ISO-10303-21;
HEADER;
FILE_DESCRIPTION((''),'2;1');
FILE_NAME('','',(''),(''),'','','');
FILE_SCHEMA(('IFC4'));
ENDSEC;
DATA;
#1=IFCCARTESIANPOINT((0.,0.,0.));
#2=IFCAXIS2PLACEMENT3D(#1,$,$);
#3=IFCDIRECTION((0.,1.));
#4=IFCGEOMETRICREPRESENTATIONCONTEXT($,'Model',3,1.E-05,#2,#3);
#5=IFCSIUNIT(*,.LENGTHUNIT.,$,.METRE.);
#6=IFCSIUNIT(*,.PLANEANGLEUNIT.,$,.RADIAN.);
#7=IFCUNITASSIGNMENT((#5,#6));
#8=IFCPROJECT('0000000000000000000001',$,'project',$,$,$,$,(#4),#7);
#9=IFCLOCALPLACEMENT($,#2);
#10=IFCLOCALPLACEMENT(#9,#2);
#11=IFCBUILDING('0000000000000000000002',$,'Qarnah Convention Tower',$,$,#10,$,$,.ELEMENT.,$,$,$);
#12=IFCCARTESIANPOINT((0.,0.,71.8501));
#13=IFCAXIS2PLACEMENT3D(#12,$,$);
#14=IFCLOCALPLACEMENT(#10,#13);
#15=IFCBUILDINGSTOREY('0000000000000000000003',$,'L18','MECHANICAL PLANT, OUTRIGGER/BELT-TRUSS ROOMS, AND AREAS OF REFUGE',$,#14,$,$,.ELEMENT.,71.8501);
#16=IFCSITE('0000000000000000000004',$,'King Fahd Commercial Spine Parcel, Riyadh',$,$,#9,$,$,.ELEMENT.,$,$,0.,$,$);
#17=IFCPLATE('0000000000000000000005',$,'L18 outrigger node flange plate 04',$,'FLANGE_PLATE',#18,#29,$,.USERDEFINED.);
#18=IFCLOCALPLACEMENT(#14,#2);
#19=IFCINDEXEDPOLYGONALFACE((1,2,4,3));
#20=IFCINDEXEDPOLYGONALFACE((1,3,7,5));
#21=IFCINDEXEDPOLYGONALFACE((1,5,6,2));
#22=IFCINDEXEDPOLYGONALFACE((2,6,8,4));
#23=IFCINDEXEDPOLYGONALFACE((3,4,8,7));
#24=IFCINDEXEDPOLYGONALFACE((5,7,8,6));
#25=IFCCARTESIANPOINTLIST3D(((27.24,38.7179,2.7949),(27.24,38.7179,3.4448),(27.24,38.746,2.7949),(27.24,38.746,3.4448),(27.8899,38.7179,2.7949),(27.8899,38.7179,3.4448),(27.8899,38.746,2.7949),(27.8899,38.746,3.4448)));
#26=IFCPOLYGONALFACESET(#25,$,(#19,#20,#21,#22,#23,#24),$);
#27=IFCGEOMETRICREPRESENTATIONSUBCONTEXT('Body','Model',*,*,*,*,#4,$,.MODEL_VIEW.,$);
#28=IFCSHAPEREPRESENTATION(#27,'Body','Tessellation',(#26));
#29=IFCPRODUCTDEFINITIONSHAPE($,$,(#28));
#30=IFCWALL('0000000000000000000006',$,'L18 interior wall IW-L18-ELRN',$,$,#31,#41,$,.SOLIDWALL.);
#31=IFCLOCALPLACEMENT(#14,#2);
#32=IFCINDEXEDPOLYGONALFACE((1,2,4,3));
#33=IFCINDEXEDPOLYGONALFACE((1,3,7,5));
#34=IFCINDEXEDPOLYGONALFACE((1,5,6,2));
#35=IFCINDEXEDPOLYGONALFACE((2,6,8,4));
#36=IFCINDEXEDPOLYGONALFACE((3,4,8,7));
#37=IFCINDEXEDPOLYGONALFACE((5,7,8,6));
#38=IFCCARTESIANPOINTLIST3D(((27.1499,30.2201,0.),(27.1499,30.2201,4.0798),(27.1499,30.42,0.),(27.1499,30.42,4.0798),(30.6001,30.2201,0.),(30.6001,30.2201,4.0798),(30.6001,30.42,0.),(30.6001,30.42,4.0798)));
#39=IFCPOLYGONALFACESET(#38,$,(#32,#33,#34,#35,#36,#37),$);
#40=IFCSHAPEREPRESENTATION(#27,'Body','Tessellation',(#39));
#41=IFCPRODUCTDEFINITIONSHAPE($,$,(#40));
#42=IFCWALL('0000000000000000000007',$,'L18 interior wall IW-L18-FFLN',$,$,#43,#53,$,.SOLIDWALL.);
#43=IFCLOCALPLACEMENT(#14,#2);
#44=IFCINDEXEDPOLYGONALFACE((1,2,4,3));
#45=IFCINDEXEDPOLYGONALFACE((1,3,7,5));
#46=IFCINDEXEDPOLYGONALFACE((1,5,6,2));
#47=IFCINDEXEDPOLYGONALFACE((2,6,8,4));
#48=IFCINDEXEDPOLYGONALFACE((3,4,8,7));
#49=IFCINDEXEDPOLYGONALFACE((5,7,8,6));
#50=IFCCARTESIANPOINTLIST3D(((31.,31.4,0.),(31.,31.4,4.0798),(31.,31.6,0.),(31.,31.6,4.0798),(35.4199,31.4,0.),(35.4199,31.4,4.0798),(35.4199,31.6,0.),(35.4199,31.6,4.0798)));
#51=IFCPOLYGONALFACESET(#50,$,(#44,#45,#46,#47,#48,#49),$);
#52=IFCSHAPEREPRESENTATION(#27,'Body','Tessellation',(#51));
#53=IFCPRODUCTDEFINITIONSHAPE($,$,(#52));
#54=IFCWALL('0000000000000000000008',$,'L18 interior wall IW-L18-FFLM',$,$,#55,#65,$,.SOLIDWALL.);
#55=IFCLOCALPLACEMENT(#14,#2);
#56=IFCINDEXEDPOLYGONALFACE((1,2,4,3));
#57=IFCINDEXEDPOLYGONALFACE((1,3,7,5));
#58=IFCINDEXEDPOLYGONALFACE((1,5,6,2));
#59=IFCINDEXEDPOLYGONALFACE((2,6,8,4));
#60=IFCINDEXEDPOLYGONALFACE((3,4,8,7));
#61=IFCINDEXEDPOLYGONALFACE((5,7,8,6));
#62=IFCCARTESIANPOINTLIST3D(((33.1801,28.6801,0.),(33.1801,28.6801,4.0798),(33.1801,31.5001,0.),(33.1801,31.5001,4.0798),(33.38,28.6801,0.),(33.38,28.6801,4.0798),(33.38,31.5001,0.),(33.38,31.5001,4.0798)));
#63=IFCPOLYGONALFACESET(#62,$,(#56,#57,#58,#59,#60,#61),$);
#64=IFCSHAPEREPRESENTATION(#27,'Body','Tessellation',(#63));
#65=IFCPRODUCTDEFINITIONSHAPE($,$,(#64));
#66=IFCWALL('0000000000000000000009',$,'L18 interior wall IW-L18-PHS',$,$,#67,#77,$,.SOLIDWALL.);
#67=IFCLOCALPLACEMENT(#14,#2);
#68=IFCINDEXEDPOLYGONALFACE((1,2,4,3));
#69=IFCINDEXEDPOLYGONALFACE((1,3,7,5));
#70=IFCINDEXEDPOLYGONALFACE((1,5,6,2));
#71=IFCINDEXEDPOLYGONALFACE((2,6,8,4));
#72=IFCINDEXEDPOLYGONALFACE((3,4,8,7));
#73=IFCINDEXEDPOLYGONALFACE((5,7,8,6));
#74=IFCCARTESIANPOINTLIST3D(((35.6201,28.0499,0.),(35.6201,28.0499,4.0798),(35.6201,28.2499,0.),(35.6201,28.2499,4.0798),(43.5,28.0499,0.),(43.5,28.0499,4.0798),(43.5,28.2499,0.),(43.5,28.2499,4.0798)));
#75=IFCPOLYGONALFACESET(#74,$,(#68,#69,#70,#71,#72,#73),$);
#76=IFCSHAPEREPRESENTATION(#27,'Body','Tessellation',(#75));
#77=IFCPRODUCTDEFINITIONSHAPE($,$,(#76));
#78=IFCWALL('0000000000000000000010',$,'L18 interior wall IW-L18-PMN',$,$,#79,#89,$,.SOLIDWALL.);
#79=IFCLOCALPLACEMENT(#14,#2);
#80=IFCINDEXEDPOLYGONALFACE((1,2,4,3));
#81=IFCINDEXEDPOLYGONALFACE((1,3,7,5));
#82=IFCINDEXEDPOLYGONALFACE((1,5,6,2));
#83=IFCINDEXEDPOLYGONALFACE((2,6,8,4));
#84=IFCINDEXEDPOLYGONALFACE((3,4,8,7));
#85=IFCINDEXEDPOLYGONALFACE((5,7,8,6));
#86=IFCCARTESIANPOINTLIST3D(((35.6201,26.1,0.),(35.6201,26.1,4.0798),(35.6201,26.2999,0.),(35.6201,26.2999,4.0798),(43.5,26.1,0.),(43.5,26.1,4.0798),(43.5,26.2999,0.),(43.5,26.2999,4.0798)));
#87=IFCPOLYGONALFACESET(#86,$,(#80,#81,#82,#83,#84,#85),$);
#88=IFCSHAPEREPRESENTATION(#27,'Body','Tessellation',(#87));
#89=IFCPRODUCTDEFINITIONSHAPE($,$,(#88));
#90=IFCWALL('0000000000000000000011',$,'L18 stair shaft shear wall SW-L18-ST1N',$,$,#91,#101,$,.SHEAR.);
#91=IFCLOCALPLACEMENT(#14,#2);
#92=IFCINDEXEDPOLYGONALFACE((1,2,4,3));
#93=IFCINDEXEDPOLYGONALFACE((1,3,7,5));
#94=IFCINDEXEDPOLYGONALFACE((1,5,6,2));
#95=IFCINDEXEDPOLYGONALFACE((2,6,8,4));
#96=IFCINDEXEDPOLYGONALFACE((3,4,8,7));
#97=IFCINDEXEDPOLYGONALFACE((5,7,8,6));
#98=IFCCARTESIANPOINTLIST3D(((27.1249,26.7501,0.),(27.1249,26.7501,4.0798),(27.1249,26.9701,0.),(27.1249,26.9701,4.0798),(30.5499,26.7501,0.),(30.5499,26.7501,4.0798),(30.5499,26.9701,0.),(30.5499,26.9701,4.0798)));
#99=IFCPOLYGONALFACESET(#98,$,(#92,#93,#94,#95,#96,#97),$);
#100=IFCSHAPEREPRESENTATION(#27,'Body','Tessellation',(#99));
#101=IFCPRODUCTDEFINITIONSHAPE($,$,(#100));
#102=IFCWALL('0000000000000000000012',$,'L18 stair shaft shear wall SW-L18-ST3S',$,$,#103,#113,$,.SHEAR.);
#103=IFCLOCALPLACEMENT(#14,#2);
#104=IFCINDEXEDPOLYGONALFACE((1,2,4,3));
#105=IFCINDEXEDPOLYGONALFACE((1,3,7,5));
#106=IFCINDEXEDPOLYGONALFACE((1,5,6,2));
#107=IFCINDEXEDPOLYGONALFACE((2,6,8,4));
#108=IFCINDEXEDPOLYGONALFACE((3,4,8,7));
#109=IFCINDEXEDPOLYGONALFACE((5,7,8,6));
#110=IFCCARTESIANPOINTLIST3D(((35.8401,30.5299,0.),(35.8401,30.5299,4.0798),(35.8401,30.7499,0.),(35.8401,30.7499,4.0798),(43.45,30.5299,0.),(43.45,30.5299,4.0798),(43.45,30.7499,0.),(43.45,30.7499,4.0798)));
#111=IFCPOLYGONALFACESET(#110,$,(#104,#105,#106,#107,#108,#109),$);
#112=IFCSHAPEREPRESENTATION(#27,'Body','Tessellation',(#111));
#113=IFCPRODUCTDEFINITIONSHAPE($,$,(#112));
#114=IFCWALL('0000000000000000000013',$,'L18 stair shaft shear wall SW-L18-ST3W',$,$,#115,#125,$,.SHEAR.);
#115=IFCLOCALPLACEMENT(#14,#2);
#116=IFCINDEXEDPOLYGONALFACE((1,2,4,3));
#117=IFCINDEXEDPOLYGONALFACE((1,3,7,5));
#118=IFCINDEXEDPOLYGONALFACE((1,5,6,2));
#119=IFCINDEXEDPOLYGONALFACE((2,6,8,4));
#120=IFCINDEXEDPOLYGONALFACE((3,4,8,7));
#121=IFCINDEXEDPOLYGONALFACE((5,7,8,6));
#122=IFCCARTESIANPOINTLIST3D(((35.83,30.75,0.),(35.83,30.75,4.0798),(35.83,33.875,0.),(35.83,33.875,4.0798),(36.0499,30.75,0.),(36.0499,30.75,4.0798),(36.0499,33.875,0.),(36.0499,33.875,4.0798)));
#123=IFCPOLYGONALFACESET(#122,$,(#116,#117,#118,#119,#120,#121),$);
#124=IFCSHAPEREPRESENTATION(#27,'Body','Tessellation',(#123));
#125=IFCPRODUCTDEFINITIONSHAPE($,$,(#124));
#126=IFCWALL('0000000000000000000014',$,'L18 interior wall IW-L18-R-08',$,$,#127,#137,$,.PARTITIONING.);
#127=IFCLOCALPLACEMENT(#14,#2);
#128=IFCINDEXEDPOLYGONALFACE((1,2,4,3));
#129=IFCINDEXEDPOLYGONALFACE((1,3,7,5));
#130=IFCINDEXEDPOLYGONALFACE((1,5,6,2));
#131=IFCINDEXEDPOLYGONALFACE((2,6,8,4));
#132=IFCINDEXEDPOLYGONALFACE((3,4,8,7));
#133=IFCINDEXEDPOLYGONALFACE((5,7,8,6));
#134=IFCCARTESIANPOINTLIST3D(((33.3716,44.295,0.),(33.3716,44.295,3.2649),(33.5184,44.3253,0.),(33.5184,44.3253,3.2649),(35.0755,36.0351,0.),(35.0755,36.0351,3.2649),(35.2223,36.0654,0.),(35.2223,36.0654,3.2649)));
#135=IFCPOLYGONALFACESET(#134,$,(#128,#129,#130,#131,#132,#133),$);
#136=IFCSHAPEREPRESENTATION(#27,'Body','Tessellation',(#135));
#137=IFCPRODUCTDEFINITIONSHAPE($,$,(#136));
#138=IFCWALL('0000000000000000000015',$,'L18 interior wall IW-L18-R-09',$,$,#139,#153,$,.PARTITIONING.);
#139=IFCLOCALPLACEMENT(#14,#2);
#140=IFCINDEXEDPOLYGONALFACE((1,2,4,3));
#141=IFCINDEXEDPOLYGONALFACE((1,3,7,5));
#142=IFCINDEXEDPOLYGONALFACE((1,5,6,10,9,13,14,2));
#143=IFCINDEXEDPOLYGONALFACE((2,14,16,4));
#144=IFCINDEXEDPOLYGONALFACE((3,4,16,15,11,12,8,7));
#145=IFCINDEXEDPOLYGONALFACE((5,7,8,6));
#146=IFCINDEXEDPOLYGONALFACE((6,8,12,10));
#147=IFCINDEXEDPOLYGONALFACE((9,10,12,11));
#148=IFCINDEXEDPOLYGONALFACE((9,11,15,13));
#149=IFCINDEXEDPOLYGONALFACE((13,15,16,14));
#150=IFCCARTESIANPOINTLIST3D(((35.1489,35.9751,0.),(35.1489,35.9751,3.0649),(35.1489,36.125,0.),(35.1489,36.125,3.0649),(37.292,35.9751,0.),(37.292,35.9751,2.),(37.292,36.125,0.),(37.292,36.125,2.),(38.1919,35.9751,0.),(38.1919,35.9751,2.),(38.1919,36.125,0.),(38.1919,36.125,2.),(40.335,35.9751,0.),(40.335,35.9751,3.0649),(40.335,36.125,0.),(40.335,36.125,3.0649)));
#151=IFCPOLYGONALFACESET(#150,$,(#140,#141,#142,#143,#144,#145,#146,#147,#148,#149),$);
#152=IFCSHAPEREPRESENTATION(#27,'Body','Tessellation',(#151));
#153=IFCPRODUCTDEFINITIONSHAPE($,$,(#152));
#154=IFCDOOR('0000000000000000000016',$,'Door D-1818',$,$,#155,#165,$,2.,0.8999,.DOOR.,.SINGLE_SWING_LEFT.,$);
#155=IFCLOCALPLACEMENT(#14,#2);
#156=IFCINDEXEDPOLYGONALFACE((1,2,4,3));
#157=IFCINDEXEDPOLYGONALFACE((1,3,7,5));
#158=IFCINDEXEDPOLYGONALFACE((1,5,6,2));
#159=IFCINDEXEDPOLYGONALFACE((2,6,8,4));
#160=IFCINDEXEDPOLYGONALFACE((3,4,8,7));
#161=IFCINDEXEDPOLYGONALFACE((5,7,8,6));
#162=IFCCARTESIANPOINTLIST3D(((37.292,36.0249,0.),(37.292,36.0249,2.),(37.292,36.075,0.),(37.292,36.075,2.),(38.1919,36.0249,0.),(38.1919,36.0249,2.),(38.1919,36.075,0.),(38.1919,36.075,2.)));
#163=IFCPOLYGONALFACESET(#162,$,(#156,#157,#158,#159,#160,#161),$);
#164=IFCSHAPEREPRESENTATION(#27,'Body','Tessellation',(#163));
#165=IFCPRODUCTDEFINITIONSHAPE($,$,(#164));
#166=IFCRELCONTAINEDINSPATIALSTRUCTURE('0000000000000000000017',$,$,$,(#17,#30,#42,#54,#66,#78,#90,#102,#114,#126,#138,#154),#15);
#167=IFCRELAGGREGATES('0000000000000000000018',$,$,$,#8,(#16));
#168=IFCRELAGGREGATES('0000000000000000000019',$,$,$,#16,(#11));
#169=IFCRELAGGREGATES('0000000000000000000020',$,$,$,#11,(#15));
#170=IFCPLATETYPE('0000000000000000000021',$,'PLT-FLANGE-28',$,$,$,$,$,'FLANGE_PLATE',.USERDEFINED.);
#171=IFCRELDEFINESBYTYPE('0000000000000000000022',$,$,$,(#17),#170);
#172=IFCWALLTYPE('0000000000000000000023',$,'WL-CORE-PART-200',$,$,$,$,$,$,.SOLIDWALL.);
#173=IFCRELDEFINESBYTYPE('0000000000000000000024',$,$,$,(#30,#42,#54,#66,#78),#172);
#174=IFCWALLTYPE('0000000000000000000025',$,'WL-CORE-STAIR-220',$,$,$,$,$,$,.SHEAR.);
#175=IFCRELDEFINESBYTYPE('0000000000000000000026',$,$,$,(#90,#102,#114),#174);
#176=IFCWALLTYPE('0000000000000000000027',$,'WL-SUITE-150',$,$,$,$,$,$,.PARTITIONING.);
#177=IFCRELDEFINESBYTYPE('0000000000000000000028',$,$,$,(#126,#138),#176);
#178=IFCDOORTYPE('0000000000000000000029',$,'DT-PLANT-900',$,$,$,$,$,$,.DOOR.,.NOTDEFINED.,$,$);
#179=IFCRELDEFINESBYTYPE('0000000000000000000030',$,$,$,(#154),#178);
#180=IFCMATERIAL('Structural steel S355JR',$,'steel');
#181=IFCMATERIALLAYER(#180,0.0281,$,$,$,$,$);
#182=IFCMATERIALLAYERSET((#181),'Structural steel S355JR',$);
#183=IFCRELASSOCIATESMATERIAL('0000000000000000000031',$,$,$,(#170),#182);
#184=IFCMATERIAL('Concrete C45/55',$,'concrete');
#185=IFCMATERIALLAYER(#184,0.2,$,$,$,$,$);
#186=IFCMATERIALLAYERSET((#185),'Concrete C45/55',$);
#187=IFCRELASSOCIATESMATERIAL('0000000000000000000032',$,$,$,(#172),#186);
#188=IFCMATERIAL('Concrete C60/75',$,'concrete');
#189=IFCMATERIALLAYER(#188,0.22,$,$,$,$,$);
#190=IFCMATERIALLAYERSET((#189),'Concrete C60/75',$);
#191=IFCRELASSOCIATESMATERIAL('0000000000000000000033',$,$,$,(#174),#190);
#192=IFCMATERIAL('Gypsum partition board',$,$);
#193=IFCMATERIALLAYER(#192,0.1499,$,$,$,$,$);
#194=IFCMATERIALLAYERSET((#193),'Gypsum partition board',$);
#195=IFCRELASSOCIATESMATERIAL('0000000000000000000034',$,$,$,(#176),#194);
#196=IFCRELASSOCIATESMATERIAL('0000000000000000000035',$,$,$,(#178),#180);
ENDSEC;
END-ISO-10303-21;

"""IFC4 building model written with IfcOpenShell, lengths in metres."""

from ifc_helpers import new_model, si_unit, direction, frame, frame_2d, origin, origin_2d, place, context, subcontext, project, spatial, rectangle, extrude, material, layer, layer_set, type_object, element, fill, save


model = new_model("IFC4")

# Units and contexts
model_context = context("Model", 3, precision=1e-05, world=origin(), true_north=direction((0.0, 1.0)))
body_context = subcontext(model_context, "Body", "Model", "MODEL_VIEW")
ifc_project = project(units=[si_unit("LENGTHUNIT", "METRE"), si_unit("PLANEANGLEUNIT", "RADIAN")], contexts=[model_context])

# Site, building, storey
site_placement = place(None, origin())
site = spatial("IfcSite", under=ifc_project, at=site_placement, Name="King Fahd Commercial Spine Parcel, Riyadh", CompositionType="ELEMENT", RefElevation=0.0)
building_placement = place(site_placement, origin())
building = spatial("IfcBuilding", under=site, at=building_placement, Name="Qarnah Convention Tower", CompositionType="ELEMENT")
storey_placement = place(building_placement, frame((0.0, 0.0, 71.8501)))
storey = spatial("IfcBuildingStorey", under=building, at=storey_placement, Name="L18", Description="MECHANICAL PLANT, OUTRIGGER/BELT-TRUSS ROOMS, AND AREAS OF REFUGE", CompositionType="ELEMENT", Elevation=71.8501)

# Shared definitions
ifc_material_1 = material(Name="Structural steel S355JR", Category="steel")

# Plate
ifc_layer_1 = layer(ifc_material_1, 0.0281)
ifc_layer_set_1 = layer_set([ifc_layer_1], Name="Structural steel S355JR")
plate_type = type_object("IfcPlateType", Name="PLT-FLANGE-28", ElementType="FLANGE_PLATE", PredefinedType="USERDEFINED", material=ifc_layer_set_1)
plate_placement = place(storey_placement, frame((27.5649, 38.7319, 2.7949), z_axis=(0.0, 0.0, 1.0), x_axis=(1.0, 0.0, 0.0)))
element("IfcPlate", 1, at=plate_placement, inside=storey, type_object=plate_type, Name="L18 outrigger node flange plate 04", ObjectType="FLANGE_PLATE", PredefinedType="USERDEFINED", context=body_context, shape_type="SweptSolid", body=[
    extrude(rectangle(XDim=0.6499, YDim=0.0281, at=origin_2d()), origin(), (0.0, 0.0, 1.0), 0.6499),
])

# Wall
ifc_material_2 = material(Name="Concrete C45/55", Category="concrete")
ifc_layer_2 = layer(ifc_material_2, 0.2)
ifc_layer_set_2 = layer_set([ifc_layer_2], Name="Concrete C45/55")
wall_type_1 = type_object("IfcWallType", Name="WL-CORE-PART-200", PredefinedType="SOLIDWALL", material=ifc_layer_set_2)
wall_1_placement = place(storey_placement, frame((27.1499, 30.3201, 0.0), z_axis=(0.0, 0.0, 1.0), x_axis=(1.0, 0.0, 0.0)))
element("IfcWall", 2, at=wall_1_placement, inside=storey, type_object=wall_type_1, Name="L18 interior wall IW-L18-ELRN", PredefinedType="SOLIDWALL", context=body_context, shape_type="SweptSolid", body=[
    extrude(rectangle(XDim=3.4502, YDim=0.2, at=frame_2d((1.7251, 0.0))), origin(), (0.0, 0.0, 1.0), 4.0798),
])

# Walls
wall_2_placement = place(storey_placement, frame((31.0, 31.5, 0.0), z_axis=(0.0, 0.0, 1.0), x_axis=(1.0, 0.0, 0.0)))
element("IfcWall", 3, at=wall_2_placement, inside=storey, type_object=wall_type_1, Name="L18 interior wall IW-L18-FFLN", PredefinedType="SOLIDWALL", context=body_context, shape_type="SweptSolid", body=[
    extrude(rectangle(XDim=4.4199, YDim=0.2, at=frame_2d((2.21, 0.0))), origin(), (0.0, 0.0, 1.0), 4.0798),
])
wall_3_placement = place(storey_placement, frame((33.28, 28.6799, 0.0), z_axis=(0.0, 0.0, 1.0), x_axis=(0.0, 1.0, 0.0)))
element("IfcWall", 4, at=wall_3_placement, inside=storey, type_object=wall_type_1, Name="L18 interior wall IW-L18-FFLM", PredefinedType="SOLIDWALL", context=body_context, shape_type="SweptSolid", body=[
    extrude(rectangle(XDim=2.8201, YDim=0.2, at=frame_2d((1.4102, 0.0))), origin(), (0.0, 0.0, 1.0), 4.0798),
])

# Walls
for number, where, z_axis, x_axis, name in (
    (5, (35.6201, 28.1499, 0.0), (0.0, 0.0, 1.0), (1.0, 0.0, 0.0), "L18 interior wall IW-L18-PHS"),
    (6, (35.6201, 26.2, 0.0), (0.0, 0.0, 1.0), (1.0, 0.0, 0.0), "L18 interior wall IW-L18-PMN"),
):
    element("IfcWall", number, at=place(storey_placement, frame(where, z_axis=z_axis, x_axis=x_axis)), inside=storey, type_object=wall_type_1, Name=name, PredefinedType="SOLIDWALL", context=body_context, shape_type="SweptSolid", body=[
        extrude(rectangle(XDim=7.8799, YDim=0.2, at=frame_2d((3.9399, 0.0))), origin(), (0.0, 0.0, 1.0), 4.0798),
    ])
ifc_material_3 = material(Name="Concrete C60/75", Category="concrete")
ifc_layer_3 = layer(ifc_material_3, 0.22)
ifc_layer_set_3 = layer_set([ifc_layer_3], Name="Concrete C60/75")
wall_type_2 = type_object("IfcWallType", Name="WL-CORE-STAIR-220", PredefinedType="SHEAR", material=ifc_layer_set_3)
wall_4_placement = place(storey_placement, frame((27.125, 26.8601, 0.0), z_axis=(0.0, 0.0, 1.0), x_axis=(1.0, 0.0, 0.0)))
element("IfcWall", 7, at=wall_4_placement, inside=storey, type_object=wall_type_2, Name="L18 stair shaft shear wall SW-L18-ST1N", PredefinedType="SHEAR", context=body_context, shape_type="SweptSolid", body=[
    extrude(rectangle(XDim=3.425, YDim=0.22, at=frame_2d((1.7124, 0.0))), origin(), (0.0, 0.0, 1.0), 4.0798),
])
wall_5_placement = place(storey_placement, frame((35.8401, 30.6399, 0.0), z_axis=(0.0, 0.0, 1.0), x_axis=(1.0, 0.0, 0.0)))
element("IfcWall", 8, at=wall_5_placement, inside=storey, type_object=wall_type_2, Name="L18 stair shaft shear wall SW-L18-ST3S", PredefinedType="SHEAR", context=body_context, shape_type="SweptSolid", body=[
    extrude(rectangle(XDim=7.6099, YDim=0.22, at=frame_2d((3.8049, 0.0))), origin(), (0.0, 0.0, 1.0), 4.0798),
])
wall_6_placement = place(storey_placement, frame((35.9399, 30.75, 0.0), z_axis=(0.0, 0.0, 1.0), x_axis=(0.0, 1.0, 0.0)))
element("IfcWall", 9, at=wall_6_placement, inside=storey, type_object=wall_type_2, Name="L18 stair shaft shear wall SW-L18-ST3W", PredefinedType="SHEAR", context=body_context, shape_type="SweptSolid", body=[
    extrude(rectangle(XDim=3.125, YDim=0.22, at=frame_2d((1.5625, 0.0))), origin(), (0.0, 0.0, 1.0), 4.0798),
])
ifc_material_4 = material(Name="Gypsum partition board")
ifc_layer_4 = layer(ifc_material_4, 0.1499)
ifc_layer_set_4 = layer_set([ifc_layer_4], Name="Gypsum partition board")
wall_type_3 = type_object("IfcWallType", Name="WL-SUITE-150", PredefinedType="PARTITIONING", material=ifc_layer_set_4)
wall_7_placement = place(storey_placement, frame((33.4451, 44.3101, 0.0), z_axis=(0.0, 0.0, 1.0), x_axis=(0.202025, -0.97938, 0.0)))
element("IfcWall", 10, at=wall_7_placement, inside=storey, type_object=wall_type_3, Name="L18 interior wall IW-L18-R-08", PredefinedType="PARTITIONING", context=body_context, shape_type="SweptSolid", body=[
    extrude(rectangle(XDim=8.4338, YDim=0.1499, at=frame_2d((4.2168, 0.0))), origin(), (0.0, 0.0, 1.0), 3.2649),
])

# Wall, opening, door
wall_8_placement = place(storey_placement, frame((35.1489, 36.05, 0.0), z_axis=(0.0, 0.0, 1.0), x_axis=(1.0, 0.0, 0.0)))
wall_8 = element("IfcWall", 11, at=wall_8_placement, inside=storey, type_object=wall_type_3, Name="L18 interior wall IW-L18-R-09", PredefinedType="PARTITIONING", context=body_context, shape_type="SweptSolid", body=[
    extrude(rectangle(XDim=5.186, YDim=0.1499, at=frame_2d((2.593, 0.0))), origin(), (0.0, 0.0, 1.0), 3.0649),
])
opening_1_placement = place(wall_8_placement, frame((2.1431, 0.0, 0.0)))
opening_1 = element("IfcOpeningElement", 12, at=opening_1_placement, cuts=wall_8, PredefinedType="OPENING", context=body_context, shape_type="SweptSolid", body=[
    extrude(rectangle(XDim=0.8999, YDim=2.0, at=frame_2d((0.45, 1.0))), frame((0.0, 0.085, 0.0), z_axis=(0.0, -1.0, 0.0), x_axis=(1.0, 0.0, 0.0)), (0.0, 0.0, 1.0), 0.1699),
])
door_type_1 = type_object("IfcDoorType", Name="DT-PLANT-900", OperationType="NOTDEFINED", PredefinedType="DOOR", material=ifc_material_1)
door_1_placement = place(opening_1_placement, origin())
door_1 = element("IfcDoor", 13, at=door_1_placement, inside=storey, type_object=door_type_1, Name="Door D-1818", OperationType="SINGLE_SWING_LEFT", OverallHeight=2.0, OverallWidth=0.8999, PredefinedType="DOOR", context=body_context, shape_type="SweptSolid", body=[
    extrude(rectangle(XDim=0.8999, YDim=2.0, at=frame_2d((0.45, 1.0))), frame((0.0, 0.0249, 0.0), z_axis=(0.0, -1.0, 0.0), x_axis=(1.0, 0.0, 0.0)), (0.0, 0.0, 1.0), 0.05),
])
fill(opening_1, door_1)

save(model, "model.ifc")
